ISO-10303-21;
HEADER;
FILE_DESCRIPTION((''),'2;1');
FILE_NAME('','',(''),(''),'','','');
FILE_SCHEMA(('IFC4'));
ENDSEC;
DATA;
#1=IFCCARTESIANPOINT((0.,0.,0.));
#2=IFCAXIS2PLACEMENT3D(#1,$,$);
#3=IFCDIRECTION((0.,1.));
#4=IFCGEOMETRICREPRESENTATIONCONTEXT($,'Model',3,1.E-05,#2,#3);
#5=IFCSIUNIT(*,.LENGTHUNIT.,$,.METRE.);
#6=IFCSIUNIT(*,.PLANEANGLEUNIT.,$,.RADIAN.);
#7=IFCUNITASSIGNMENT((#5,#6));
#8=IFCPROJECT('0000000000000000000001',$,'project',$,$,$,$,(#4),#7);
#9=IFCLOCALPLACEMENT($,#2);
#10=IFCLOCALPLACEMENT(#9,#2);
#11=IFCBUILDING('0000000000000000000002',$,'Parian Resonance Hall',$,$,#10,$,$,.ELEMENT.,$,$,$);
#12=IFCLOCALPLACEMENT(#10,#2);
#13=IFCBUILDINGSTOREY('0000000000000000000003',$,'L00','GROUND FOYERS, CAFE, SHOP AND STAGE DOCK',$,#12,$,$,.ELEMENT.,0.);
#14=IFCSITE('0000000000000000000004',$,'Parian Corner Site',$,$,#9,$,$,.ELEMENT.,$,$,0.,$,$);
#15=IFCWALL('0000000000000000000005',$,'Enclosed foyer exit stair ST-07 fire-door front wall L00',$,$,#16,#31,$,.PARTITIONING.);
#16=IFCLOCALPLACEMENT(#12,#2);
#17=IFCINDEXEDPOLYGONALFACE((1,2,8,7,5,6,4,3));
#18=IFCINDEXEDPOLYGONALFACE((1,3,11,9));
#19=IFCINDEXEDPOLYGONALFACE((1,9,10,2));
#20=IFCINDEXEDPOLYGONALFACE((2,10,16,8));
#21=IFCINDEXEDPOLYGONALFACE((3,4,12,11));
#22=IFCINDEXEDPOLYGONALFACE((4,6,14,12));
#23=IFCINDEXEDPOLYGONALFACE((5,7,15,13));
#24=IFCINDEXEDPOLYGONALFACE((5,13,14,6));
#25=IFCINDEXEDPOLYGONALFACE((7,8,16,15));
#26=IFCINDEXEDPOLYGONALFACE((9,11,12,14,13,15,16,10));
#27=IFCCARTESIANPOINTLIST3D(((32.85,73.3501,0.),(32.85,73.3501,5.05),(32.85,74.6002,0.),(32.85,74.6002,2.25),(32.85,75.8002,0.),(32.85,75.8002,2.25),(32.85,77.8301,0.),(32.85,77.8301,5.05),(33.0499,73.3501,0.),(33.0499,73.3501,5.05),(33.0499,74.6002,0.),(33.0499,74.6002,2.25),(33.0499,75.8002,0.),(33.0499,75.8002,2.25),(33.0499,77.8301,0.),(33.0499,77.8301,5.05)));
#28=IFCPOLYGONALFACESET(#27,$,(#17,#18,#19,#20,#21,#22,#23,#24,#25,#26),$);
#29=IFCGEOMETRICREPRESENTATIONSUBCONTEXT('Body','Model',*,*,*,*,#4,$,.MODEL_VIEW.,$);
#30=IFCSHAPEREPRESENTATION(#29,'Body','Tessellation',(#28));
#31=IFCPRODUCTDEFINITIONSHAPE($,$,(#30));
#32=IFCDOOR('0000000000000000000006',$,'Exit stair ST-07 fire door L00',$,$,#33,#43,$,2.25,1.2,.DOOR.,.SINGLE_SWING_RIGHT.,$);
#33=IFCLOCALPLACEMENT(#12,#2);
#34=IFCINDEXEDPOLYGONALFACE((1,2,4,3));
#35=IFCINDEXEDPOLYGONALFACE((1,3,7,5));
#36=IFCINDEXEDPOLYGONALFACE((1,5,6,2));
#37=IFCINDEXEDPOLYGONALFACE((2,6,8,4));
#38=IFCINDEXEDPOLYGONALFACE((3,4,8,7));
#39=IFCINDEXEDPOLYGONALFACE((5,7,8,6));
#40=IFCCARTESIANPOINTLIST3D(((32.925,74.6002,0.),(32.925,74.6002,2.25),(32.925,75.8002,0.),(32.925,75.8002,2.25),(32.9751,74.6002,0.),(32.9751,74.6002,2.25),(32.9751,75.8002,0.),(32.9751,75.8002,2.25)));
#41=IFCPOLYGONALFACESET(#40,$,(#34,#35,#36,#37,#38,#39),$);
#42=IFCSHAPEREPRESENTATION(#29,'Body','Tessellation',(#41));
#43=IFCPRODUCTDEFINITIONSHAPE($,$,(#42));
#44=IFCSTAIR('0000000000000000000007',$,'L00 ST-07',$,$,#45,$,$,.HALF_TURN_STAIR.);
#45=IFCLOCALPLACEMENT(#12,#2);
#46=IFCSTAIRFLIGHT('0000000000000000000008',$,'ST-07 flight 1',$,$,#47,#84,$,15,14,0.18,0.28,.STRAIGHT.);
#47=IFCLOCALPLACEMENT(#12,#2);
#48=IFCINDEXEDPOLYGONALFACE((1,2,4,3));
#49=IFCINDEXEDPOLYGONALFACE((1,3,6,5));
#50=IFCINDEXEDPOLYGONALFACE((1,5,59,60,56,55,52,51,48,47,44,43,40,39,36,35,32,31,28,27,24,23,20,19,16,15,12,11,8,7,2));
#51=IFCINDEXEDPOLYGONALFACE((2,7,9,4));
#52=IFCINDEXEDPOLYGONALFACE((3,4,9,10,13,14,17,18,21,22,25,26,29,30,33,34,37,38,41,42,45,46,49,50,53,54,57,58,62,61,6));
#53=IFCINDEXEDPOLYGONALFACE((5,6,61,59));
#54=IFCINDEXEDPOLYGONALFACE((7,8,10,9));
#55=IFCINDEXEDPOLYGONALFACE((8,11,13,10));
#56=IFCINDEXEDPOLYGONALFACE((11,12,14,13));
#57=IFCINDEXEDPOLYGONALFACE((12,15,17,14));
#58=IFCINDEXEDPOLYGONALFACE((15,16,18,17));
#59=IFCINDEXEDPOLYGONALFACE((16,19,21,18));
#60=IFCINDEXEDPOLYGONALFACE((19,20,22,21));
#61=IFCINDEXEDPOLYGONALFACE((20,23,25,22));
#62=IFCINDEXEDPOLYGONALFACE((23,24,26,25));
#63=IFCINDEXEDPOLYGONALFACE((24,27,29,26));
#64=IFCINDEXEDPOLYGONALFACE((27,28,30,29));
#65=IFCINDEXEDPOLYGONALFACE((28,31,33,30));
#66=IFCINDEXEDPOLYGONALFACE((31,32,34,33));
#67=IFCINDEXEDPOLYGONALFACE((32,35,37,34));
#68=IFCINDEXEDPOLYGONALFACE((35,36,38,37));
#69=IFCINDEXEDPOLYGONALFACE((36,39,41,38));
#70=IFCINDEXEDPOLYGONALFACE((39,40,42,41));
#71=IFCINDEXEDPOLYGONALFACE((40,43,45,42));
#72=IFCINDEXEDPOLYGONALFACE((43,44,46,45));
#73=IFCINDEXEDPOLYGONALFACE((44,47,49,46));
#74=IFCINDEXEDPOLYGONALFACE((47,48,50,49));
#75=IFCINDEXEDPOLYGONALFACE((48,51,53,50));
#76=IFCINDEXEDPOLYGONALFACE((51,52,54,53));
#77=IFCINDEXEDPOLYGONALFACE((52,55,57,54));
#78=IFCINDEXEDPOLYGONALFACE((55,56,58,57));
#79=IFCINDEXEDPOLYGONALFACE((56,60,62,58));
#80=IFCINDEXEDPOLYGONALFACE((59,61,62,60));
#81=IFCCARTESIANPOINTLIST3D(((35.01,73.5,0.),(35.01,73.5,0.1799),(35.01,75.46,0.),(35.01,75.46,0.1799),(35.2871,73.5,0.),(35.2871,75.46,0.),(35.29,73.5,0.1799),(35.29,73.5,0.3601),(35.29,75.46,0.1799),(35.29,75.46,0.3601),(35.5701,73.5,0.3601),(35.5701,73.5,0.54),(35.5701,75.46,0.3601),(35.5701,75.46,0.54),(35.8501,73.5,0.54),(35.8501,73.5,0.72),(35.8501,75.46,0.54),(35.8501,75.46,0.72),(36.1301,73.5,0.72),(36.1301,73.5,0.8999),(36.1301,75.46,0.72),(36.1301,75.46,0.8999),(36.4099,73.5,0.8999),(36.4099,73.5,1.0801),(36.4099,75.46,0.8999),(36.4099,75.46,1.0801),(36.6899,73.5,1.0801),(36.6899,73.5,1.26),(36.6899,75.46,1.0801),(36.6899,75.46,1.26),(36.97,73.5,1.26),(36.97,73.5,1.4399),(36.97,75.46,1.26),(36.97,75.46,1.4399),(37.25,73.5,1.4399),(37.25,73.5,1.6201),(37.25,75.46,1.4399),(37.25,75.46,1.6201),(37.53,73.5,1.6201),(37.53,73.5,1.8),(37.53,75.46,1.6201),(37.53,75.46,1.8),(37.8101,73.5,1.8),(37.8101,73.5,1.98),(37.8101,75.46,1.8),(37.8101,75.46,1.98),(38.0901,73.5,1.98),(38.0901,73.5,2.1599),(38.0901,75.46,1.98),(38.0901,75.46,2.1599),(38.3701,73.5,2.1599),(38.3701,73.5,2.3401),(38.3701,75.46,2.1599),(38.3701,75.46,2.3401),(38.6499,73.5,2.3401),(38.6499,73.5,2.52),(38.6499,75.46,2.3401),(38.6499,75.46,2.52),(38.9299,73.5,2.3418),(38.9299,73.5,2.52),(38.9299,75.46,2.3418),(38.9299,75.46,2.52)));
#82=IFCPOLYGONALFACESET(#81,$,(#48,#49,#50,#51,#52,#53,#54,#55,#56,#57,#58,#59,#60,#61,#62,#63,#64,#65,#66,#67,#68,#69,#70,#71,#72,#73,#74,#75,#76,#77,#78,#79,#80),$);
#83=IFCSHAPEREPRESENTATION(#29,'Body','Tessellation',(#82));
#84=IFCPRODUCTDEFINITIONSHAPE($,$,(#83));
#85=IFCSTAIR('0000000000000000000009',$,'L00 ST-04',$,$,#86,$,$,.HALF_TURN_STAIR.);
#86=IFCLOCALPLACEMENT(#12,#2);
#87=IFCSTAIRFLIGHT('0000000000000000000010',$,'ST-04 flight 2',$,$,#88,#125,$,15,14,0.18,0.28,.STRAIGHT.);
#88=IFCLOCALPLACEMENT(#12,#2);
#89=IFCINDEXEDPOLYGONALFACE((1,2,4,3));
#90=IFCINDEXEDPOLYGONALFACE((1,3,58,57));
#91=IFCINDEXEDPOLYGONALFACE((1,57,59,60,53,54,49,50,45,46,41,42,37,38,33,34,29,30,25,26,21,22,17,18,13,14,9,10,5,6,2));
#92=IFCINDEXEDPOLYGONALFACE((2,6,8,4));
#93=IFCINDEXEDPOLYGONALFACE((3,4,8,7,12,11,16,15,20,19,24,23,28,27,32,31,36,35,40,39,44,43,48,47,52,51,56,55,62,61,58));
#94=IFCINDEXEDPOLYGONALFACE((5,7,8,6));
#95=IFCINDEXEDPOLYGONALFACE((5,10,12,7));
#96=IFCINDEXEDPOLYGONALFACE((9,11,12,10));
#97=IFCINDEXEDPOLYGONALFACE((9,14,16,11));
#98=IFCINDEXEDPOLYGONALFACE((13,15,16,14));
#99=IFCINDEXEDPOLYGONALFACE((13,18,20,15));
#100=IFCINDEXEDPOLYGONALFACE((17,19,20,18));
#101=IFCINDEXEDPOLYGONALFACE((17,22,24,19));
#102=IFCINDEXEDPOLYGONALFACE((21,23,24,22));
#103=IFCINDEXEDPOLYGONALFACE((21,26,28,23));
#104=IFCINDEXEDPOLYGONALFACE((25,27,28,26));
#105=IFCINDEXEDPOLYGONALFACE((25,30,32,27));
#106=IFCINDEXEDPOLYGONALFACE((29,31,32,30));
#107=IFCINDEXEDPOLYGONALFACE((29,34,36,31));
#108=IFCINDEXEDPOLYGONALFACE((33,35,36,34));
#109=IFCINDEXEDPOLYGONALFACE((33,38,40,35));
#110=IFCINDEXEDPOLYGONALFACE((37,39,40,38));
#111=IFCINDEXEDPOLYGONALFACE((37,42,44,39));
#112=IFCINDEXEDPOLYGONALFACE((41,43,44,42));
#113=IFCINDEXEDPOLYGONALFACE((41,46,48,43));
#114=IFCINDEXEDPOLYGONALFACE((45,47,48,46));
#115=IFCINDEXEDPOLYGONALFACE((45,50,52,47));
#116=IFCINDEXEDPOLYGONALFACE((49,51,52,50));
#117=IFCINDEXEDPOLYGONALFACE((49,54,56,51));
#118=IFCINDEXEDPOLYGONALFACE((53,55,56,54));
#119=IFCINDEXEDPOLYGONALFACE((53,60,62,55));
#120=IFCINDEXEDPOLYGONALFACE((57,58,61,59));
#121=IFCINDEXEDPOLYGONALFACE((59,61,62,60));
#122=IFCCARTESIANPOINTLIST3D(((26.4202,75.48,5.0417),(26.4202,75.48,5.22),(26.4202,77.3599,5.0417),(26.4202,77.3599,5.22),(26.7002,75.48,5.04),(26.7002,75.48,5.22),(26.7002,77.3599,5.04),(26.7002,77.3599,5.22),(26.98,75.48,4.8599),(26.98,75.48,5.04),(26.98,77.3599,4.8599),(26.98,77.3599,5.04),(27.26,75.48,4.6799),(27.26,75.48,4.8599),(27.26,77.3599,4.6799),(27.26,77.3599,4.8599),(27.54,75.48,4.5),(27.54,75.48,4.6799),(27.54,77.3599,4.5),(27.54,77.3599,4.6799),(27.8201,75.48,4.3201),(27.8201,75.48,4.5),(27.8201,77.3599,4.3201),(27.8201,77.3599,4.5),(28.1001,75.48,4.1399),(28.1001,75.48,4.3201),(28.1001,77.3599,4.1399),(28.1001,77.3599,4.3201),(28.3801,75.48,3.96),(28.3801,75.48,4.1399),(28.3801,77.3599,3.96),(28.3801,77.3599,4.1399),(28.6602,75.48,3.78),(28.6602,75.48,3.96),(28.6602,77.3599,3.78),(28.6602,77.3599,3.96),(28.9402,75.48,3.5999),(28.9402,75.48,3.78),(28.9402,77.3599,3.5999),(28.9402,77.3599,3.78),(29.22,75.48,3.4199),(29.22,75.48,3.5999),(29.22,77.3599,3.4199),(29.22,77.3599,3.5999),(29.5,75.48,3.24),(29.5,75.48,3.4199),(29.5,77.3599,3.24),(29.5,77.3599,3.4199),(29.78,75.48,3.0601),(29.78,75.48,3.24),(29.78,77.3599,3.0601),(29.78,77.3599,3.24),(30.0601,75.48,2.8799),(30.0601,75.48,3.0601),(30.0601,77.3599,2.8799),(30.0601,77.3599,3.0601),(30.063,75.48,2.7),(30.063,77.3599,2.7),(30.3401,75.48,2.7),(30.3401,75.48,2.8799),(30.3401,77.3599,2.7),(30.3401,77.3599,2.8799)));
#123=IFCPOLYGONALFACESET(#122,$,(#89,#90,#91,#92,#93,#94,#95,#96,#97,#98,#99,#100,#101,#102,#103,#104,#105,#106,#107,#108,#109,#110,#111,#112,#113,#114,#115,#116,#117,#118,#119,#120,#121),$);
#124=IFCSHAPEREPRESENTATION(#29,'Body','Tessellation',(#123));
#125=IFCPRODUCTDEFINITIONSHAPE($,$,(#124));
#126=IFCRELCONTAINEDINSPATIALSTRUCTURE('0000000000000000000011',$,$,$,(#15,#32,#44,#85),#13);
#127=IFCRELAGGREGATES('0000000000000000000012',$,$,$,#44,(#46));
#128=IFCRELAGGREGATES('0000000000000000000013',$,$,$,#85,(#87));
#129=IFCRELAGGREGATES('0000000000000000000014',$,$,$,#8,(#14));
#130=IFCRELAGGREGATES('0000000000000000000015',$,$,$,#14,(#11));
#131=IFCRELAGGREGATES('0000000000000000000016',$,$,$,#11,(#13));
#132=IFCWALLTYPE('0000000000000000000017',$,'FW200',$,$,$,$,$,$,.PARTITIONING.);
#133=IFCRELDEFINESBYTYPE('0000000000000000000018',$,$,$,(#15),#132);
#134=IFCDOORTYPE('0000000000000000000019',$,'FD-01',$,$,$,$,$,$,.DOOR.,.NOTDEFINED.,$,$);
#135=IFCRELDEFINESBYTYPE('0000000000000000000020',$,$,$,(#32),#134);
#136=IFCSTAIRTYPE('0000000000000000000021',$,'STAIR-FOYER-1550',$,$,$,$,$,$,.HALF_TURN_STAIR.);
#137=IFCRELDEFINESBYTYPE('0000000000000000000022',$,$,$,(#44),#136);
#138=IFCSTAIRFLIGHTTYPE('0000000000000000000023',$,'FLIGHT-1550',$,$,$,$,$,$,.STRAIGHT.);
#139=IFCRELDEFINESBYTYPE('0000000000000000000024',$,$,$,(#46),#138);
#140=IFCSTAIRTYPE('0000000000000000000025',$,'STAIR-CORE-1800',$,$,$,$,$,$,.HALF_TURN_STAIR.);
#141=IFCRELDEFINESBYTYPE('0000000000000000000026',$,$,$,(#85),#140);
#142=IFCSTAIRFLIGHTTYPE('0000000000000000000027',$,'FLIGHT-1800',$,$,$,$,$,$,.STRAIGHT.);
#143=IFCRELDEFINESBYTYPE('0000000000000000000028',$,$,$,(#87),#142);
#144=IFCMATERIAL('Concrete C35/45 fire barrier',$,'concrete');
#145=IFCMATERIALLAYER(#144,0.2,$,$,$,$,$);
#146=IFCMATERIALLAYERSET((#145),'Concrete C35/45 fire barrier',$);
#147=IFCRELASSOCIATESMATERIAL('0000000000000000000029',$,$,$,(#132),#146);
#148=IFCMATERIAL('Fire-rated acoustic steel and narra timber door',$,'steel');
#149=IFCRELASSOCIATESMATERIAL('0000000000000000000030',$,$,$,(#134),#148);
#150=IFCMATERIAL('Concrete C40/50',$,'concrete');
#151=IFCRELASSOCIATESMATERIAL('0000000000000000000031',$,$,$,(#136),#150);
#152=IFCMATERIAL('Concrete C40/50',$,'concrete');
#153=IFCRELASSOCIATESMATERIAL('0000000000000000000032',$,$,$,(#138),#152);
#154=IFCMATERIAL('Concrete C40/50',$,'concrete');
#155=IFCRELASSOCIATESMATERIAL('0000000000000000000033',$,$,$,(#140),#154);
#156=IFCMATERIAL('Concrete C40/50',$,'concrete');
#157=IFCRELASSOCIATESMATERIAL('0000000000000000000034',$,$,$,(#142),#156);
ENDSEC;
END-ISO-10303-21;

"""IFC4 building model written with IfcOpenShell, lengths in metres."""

from ifc_helpers import new_model, si_unit, direction, frame, frame_2d, origin, place, context, subcontext, project, spatial, polyline, rectangle, outline, extrude, material, layer, layer_set, type_object, element, fill, aggregate, save


model = new_model("IFC4")

# Units and contexts
model_context = context("Model", 3, precision=1e-05, world=origin(), true_north=direction((0.0, 1.0)))
body_context = subcontext(model_context, "Body", "Model", "MODEL_VIEW")
ifc_project = project(units=[si_unit("LENGTHUNIT", "METRE"), si_unit("PLANEANGLEUNIT", "RADIAN")], contexts=[model_context])

# Site, building, storey
site_placement = place(None, origin())
site = spatial("IfcSite", under=ifc_project, at=site_placement, Name="Parian Corner Site", CompositionType="ELEMENT", RefElevation=0.0)
building_placement = place(site_placement, origin())
building = spatial("IfcBuilding", under=site, at=building_placement, Name="Parian Resonance Hall", CompositionType="ELEMENT")
storey_placement = place(building_placement, origin())
storey = spatial("IfcBuildingStorey", under=building, at=storey_placement, Name="L00", Description="GROUND FOYERS, CAFE, SHOP AND STAGE DOCK", CompositionType="ELEMENT", Elevation=0.0)

# Wall, opening, door
ifc_material_1 = material(Name="Concrete C35/45 fire barrier", Category="concrete")
ifc_layer_1 = layer(ifc_material_1, 0.2)
ifc_layer_set_1 = layer_set([ifc_layer_1], Name="Concrete C35/45 fire barrier")
wall_type_1 = type_object("IfcWallType", Name="FW200", PredefinedType="PARTITIONING", material=ifc_layer_set_1)
wall_1_placement = place(storey_placement, frame((32.95, 73.3501, 0.0), z_axis=(0.0, 0.0, 1.0), x_axis=(0.0, 1.0, 0.0)))
wall_1 = element("IfcWall", 1, at=wall_1_placement, inside=storey, type_object=wall_type_1, Name="Enclosed foyer exit stair ST-07 fire-door front wall L00", PredefinedType="PARTITIONING", context=body_context, shape_type="SweptSolid", body=[
    extrude(rectangle(XDim=4.48, YDim=0.2, at=frame_2d((2.24, 0.0))), origin(), (0.0, 0.0, 1.0), 5.05),
])
opening_placement = place(wall_1_placement, frame((1.25, 0.0, 0.0)))
opening = element("IfcOpeningElement", 2, at=opening_placement, cuts=wall_1, PredefinedType="OPENING", context=body_context, shape_type="SweptSolid", body=[
    extrude(rectangle(XDim=1.2, YDim=2.25, at=frame_2d((0.6001, 1.125))), frame((0.0, 0.1099, 0.0), z_axis=(0.0, -1.0, 0.0), x_axis=(1.0, 0.0, 0.0)), (0.0, 0.0, 1.0), 0.22),
])
ifc_material_2 = material(Name="Fire-rated acoustic steel and narra timber door", Category="steel")
door_type = type_object("IfcDoorType", Name="FD-01", OperationType="NOTDEFINED", PredefinedType="DOOR", material=ifc_material_2)
door_placement = place(opening_placement, origin())
door = element("IfcDoor", 3, at=door_placement, inside=storey, type_object=door_type, Name="Exit stair ST-07 fire door L00", OperationType="SINGLE_SWING_RIGHT", OverallHeight=2.25, OverallWidth=1.2, PredefinedType="DOOR", context=body_context, shape_type="SweptSolid", body=[
    extrude(rectangle(XDim=1.2, YDim=2.25, at=frame_2d((0.6001, 1.125))), frame((0.0, 0.0249, 0.0), z_axis=(0.0, -1.0, 0.0), x_axis=(1.0, 0.0, 0.0)), (0.0, 0.0, 1.0), 0.05),
])
fill(opening, door)

# Stairs, stair flights
ifc_material_3 = material(Name="Concrete C40/50", Category="concrete")
stair_type_1 = type_object("IfcStairType", Name="STAIR-FOYER-1550", PredefinedType="HALF_TURN_STAIR", material=ifc_material_3)
stair_1_placement = place(storey_placement, origin())
stair_1 = element("IfcStair", 4, at=stair_1_placement, inside=storey, type_object=stair_type_1, Name="L00 ST-07", PredefinedType="HALF_TURN_STAIR")
ifc_material_4 = material(Name="Concrete C40/50", Category="concrete")
stair_flight_type_1 = type_object("IfcStairFlightType", Name="FLIGHT-1550", PredefinedType="STRAIGHT", material=ifc_material_4)
stair_flight_1_placement = place(storey_placement, frame((35.01, 74.48, 0.0), z_axis=(0.0, 0.0, 1.0), x_axis=(1.0, 0.0, 0.0)))
stair_flight_1 = element("IfcStairFlight", 5, at=stair_flight_1_placement, type_object=stair_flight_type_1, Name="ST-07 flight 1", NumberOfRisers=15, NumberOfTreads=14, PredefinedType="STRAIGHT", RiserHeight=0.18, TreadLength=0.28, context=body_context, shape_type="SweptSolid", body=[
    extrude(outline(polyline([(0.0, 0.0), (0.0, 0.1799), (0.28, 0.1799), (0.28, 0.3601), (0.5601, 0.3601), (0.5601, 0.54), (0.8401, 0.54), (0.8401, 0.72), (1.1201, 0.72), (1.1201, 0.8999), (1.3999, 0.8999), (1.3999, 1.0801), (1.6799, 1.0801), (1.6799, 1.26), (1.96, 1.26), (1.96, 1.4399), (2.24, 1.4399), (2.24, 1.6201), (2.52, 1.6201), (2.52, 1.8), (2.8, 1.8), (2.8, 1.98), (3.0801, 1.98), (3.0801, 2.1599), (3.3601, 2.1599), (3.3601, 2.3401), (3.6399, 2.3401), (3.6399, 2.52), (3.9199, 2.52), (3.9199, 2.7), (3.9199, 2.3418), (0.2771, 0.0), (0.0, 0.0)])), frame((0.0, 0.98, 0.0), z_axis=(0.0, -1.0, 0.0), x_axis=(1.0, 0.0, 0.0)), (0.0, 0.0, 1.0), 1.96),
])
aggregate(stair_1, [stair_flight_1])
ifc_material_5 = material(Name="Concrete C40/50", Category="concrete")
stair_type_2 = type_object("IfcStairType", Name="STAIR-CORE-1800", PredefinedType="HALF_TURN_STAIR", material=ifc_material_5)
stair_2_placement = place(storey_placement, origin())
stair_2 = element("IfcStair", 6, at=stair_2_placement, inside=storey, type_object=stair_type_2, Name="L00 ST-04", PredefinedType="HALF_TURN_STAIR")
ifc_material_6 = material(Name="Concrete C40/50", Category="concrete")
stair_flight_type_2 = type_object("IfcStairFlightType", Name="FLIGHT-1800", PredefinedType="STRAIGHT", material=ifc_material_6)
stair_flight_2_placement = place(storey_placement, frame((30.3401, 76.4199, 2.7), z_axis=(0.0, 0.0, 1.0), x_axis=(-1.0, 0.0, 0.0)))
stair_flight_2 = element("IfcStairFlight", 7, at=stair_flight_2_placement, type_object=stair_flight_type_2, Name="ST-04 flight 2", NumberOfRisers=15, NumberOfTreads=14, PredefinedType="STRAIGHT", RiserHeight=0.18, TreadLength=0.28, context=body_context, shape_type="SweptSolid", body=[
    extrude(outline(polyline([(0.0, 0.0), (0.0, 0.1799), (0.28, 0.1799), (0.28, 0.3601), (0.5601, 0.3601), (0.5601, 0.54), (0.8401, 0.54), (0.8401, 0.72), (1.1201, 0.72), (1.1201, 0.8999), (1.3999, 0.8999), (1.3999, 1.0801), (1.6799, 1.0801), (1.6799, 1.26), (1.96, 1.26), (1.96, 1.4399), (2.24, 1.4399), (2.24, 1.6201), (2.52, 1.6201), (2.52, 1.8), (2.8, 1.8), (2.8, 1.98), (3.0801, 1.98), (3.0801, 2.1599), (3.3601, 2.1599), (3.3601, 2.3401), (3.6399, 2.3401), (3.6399, 2.52), (3.9199, 2.52), (3.9199, 2.7), (3.9199, 2.3418), (0.2771, 0.0), (0.0, 0.0)])), frame((0.0, 0.9399, 0.0), z_axis=(0.0, -1.0, 0.0), x_axis=(1.0, 0.0, 0.0)), (0.0, 0.0, 1.0), 1.8799),
])
aggregate(stair_2, [stair_flight_2])

save(model, "model.ifc")
